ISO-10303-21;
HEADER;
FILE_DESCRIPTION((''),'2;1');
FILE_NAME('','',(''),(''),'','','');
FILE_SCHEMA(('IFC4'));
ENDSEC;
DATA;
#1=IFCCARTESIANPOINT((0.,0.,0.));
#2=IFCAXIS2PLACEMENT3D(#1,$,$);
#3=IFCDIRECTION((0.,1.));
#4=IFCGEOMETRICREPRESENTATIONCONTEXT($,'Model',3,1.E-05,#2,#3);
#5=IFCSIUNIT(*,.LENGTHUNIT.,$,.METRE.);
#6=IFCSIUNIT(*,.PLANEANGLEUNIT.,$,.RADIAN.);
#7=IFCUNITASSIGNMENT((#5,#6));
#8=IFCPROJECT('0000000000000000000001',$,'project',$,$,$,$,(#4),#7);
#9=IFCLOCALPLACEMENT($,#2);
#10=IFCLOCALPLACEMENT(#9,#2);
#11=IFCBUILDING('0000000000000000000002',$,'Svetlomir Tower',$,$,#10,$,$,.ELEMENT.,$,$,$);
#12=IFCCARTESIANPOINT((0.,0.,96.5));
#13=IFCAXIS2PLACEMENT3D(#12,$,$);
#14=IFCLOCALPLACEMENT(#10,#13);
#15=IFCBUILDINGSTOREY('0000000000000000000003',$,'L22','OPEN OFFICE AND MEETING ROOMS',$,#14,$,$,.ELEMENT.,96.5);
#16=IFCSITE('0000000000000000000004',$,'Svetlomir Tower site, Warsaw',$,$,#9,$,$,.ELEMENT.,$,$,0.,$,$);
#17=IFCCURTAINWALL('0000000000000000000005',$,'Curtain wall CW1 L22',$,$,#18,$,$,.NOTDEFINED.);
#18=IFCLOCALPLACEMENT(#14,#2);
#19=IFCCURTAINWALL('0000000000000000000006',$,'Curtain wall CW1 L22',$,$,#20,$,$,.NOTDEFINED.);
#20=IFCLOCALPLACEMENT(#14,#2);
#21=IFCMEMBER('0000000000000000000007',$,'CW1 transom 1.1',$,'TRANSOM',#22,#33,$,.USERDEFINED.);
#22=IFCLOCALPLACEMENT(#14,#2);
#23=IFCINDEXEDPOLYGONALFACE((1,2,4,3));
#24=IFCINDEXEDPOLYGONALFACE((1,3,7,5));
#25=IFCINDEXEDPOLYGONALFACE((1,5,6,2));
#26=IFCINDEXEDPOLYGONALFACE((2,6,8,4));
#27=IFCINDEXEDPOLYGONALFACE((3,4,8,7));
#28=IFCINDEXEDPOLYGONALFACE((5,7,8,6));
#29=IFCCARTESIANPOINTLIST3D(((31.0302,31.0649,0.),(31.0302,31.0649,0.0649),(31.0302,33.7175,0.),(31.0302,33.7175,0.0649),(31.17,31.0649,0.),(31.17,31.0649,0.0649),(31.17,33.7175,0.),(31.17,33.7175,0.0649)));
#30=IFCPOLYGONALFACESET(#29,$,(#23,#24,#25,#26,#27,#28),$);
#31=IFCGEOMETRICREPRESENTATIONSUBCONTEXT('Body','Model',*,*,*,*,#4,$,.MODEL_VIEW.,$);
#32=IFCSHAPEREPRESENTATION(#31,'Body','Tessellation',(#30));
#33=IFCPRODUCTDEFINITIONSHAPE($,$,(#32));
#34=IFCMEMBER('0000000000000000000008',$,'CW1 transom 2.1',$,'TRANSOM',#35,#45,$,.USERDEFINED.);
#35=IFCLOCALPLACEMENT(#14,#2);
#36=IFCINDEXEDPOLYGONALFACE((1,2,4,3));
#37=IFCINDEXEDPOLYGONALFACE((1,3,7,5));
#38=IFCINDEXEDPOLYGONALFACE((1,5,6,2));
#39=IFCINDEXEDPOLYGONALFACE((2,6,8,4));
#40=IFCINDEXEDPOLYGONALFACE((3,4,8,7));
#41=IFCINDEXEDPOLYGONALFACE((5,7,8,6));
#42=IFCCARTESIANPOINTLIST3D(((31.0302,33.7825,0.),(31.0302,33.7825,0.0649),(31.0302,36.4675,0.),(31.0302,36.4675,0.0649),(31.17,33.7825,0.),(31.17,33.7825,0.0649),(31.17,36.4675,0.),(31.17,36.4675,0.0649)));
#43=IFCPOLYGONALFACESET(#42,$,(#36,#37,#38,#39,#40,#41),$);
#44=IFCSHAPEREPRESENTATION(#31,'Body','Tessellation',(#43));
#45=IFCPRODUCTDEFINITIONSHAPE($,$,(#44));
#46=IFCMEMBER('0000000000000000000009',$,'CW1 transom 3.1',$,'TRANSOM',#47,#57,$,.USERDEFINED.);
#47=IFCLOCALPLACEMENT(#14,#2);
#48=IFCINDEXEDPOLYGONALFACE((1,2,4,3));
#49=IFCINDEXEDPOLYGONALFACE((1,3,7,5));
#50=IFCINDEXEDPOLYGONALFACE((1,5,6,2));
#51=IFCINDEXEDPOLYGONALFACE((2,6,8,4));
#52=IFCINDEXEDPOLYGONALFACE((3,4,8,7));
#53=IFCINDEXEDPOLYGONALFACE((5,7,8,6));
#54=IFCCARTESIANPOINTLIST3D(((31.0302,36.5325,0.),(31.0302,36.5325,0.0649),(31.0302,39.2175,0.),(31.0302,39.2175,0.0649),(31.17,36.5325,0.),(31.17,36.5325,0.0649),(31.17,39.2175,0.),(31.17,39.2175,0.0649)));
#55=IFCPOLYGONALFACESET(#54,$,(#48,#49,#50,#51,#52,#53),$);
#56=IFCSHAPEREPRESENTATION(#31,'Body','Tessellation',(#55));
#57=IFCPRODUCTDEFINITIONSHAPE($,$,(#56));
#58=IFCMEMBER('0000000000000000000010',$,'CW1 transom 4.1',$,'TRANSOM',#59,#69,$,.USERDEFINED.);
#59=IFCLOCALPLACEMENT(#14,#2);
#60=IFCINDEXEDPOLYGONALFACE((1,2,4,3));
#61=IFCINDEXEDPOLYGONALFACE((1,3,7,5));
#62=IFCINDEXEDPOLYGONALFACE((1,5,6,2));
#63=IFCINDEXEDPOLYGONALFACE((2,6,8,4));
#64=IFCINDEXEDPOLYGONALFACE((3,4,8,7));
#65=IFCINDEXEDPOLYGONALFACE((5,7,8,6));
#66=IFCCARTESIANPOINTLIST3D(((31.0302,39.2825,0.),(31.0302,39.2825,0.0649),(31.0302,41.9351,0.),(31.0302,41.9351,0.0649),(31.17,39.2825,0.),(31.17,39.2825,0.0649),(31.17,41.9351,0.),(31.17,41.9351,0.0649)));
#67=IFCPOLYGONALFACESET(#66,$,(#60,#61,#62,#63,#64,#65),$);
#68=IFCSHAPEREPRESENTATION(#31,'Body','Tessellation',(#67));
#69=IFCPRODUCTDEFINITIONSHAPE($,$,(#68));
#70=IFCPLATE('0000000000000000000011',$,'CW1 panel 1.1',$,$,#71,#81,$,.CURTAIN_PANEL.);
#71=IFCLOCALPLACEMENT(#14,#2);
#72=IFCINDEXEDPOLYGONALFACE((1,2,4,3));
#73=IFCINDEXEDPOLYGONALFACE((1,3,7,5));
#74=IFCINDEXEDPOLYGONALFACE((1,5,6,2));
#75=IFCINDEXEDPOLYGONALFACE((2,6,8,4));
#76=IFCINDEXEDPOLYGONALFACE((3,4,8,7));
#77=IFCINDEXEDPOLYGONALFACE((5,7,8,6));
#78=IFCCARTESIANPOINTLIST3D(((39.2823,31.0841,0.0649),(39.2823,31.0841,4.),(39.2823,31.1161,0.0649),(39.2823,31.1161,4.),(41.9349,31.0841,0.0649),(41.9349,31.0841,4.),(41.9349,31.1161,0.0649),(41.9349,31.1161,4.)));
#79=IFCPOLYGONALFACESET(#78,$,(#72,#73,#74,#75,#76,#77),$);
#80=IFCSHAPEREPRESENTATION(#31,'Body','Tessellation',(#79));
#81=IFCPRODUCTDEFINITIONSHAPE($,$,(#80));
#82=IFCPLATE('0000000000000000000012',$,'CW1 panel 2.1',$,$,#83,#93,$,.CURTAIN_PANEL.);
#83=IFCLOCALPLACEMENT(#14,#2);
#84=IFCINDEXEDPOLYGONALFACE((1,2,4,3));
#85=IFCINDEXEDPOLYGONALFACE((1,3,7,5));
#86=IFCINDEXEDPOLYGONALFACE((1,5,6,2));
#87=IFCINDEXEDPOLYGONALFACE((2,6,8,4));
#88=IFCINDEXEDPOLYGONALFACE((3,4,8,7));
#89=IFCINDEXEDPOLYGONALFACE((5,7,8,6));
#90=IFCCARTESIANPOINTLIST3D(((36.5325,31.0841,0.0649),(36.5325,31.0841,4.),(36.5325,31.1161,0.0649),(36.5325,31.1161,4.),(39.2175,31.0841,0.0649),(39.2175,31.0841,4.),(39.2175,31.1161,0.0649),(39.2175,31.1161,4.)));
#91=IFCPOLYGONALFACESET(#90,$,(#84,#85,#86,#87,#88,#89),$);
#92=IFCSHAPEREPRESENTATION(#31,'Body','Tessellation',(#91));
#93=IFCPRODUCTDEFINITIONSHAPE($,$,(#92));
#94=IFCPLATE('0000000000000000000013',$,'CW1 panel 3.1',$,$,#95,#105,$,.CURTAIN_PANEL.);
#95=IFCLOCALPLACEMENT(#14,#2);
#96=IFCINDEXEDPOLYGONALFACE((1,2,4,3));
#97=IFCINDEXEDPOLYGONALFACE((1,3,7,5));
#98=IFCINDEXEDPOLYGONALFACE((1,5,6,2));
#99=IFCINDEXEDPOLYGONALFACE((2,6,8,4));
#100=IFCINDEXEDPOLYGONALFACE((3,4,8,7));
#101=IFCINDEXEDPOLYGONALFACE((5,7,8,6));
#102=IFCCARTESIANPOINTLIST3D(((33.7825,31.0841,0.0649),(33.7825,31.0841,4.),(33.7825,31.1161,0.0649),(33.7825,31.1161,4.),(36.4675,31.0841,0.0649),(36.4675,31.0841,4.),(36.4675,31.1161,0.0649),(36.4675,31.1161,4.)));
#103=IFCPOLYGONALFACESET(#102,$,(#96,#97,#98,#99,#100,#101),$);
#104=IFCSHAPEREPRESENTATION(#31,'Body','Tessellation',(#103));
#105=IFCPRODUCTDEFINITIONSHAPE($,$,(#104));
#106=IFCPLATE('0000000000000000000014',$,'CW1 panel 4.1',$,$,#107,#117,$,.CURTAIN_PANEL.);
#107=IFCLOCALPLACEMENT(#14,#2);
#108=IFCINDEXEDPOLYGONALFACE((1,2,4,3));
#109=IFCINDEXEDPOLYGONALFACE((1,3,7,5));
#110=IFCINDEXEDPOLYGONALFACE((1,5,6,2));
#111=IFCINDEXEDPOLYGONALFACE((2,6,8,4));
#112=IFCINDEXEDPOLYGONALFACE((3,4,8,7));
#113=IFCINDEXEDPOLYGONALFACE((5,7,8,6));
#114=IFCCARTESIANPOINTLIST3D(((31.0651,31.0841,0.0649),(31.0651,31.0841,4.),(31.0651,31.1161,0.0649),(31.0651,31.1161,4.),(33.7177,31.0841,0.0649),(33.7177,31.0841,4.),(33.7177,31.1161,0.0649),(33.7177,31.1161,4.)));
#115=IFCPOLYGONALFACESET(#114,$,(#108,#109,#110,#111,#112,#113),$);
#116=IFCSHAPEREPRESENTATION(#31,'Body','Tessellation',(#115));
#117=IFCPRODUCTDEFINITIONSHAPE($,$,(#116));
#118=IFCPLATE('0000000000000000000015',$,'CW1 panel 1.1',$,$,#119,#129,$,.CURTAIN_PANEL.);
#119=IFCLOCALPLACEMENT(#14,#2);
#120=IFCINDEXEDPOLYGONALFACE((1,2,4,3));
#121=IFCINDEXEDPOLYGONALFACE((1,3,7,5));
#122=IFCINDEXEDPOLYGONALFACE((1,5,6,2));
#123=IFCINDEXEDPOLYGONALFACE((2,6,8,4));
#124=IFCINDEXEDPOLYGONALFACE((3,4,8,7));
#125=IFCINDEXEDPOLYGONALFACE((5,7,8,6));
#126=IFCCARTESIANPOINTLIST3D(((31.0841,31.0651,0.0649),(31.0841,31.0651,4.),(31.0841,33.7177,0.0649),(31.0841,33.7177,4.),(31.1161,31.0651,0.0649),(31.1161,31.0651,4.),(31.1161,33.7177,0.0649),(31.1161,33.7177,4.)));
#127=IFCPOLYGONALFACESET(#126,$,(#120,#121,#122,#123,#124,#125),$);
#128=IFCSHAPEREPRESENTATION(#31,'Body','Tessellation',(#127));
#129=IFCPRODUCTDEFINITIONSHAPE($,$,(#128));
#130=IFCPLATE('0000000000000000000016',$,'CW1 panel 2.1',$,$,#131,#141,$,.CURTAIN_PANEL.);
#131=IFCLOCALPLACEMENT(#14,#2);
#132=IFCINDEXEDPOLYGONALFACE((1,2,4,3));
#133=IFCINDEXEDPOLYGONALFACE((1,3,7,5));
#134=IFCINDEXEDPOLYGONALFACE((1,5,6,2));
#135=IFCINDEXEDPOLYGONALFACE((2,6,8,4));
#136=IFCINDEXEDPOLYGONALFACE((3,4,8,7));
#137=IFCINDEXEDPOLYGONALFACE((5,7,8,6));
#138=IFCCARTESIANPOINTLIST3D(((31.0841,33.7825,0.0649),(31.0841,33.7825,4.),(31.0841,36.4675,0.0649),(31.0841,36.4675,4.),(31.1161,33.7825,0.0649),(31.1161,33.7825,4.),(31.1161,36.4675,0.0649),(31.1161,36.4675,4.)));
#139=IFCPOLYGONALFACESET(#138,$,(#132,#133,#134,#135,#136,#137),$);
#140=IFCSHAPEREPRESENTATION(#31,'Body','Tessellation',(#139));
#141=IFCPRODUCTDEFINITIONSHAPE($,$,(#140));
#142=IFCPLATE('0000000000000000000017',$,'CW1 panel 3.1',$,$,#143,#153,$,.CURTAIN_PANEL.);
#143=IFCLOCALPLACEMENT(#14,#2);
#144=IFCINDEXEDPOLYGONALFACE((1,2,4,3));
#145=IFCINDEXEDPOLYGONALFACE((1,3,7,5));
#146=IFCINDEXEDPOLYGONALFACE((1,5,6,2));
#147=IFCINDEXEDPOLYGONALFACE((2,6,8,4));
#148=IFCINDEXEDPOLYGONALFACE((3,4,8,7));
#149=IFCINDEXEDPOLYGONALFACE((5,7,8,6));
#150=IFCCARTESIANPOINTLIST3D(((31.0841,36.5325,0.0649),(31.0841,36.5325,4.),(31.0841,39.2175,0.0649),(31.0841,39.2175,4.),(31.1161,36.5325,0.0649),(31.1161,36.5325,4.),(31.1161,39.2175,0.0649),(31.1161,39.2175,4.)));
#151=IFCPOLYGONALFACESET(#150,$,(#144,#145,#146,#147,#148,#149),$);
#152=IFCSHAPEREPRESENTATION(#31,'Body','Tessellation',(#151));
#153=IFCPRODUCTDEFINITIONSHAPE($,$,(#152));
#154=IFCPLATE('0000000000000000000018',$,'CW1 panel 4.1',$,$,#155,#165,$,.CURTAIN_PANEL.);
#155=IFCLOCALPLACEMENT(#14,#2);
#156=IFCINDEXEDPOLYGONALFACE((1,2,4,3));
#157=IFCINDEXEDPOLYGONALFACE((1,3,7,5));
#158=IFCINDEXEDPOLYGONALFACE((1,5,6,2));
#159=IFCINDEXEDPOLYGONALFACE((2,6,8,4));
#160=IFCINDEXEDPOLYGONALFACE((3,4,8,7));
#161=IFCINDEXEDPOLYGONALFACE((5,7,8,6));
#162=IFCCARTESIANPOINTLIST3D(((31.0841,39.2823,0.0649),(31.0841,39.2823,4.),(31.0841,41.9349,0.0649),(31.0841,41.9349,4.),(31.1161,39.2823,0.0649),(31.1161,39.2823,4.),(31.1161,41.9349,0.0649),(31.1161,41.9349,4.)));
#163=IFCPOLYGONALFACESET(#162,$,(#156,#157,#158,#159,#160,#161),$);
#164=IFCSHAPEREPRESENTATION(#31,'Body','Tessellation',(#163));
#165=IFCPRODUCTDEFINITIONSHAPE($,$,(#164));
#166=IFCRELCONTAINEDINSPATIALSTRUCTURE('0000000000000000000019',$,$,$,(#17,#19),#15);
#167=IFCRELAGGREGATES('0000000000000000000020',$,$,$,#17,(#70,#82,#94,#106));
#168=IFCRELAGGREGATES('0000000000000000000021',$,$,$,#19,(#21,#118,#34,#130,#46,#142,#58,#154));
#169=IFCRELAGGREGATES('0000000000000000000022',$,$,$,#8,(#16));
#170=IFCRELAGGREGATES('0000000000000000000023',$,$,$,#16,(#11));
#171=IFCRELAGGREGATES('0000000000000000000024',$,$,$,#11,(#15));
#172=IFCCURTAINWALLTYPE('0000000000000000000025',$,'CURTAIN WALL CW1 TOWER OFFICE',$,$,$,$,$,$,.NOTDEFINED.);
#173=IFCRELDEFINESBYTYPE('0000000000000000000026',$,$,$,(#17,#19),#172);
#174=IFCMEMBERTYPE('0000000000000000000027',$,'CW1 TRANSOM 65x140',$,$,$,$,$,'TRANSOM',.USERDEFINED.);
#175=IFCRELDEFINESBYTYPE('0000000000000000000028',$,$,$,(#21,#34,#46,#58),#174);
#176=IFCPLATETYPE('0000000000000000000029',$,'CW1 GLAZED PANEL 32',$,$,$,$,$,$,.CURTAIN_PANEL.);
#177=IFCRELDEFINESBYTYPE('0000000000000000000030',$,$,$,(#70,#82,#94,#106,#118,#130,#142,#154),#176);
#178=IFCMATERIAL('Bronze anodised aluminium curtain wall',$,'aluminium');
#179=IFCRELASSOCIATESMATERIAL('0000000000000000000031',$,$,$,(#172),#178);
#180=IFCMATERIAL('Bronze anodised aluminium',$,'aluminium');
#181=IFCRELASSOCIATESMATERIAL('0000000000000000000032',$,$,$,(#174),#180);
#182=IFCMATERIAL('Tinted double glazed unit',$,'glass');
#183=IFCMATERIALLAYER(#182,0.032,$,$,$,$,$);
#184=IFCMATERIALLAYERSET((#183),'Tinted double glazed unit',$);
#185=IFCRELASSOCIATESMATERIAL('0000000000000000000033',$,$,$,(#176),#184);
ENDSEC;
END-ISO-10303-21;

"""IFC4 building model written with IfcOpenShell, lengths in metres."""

from ifc_helpers import new_model, si_unit, direction, frame, origin, origin_2d, place, context, subcontext, project, spatial, rectangle, extrude, material, layer, layer_set, material_profile, profile_set, type_object, element, aggregate, save


model = new_model("IFC4")

# Units and contexts
model_context = context("Model", 3, precision=1e-05, world=origin(), true_north=direction((0.0, 1.0)))
body_context = subcontext(model_context, "Body", "Model", "MODEL_VIEW")
ifc_project = project(units=[si_unit("LENGTHUNIT", "METRE"), si_unit("PLANEANGLEUNIT", "RADIAN")], contexts=[model_context])

# Site, building, storey
site_placement = place(None, origin())
site = spatial("IfcSite", under=ifc_project, at=site_placement, Name="Svetlomir Tower site, Warsaw", CompositionType="ELEMENT", RefElevation=0.0)
building_placement = place(site_placement, origin())
building = spatial("IfcBuilding", under=site, at=building_placement, Name="Svetlomir Tower", CompositionType="ELEMENT")
storey_placement = place(building_placement, frame((0.0, 0.0, 96.5)))
storey = spatial("IfcBuildingStorey", under=building, at=storey_placement, Name="L22", Description="OPEN OFFICE AND MEETING ROOMS", CompositionType="ELEMENT", Elevation=96.5)

# Curtain walls
ifc_material_1 = material(Name="Bronze anodised aluminium curtain wall", Category="aluminium")
curtain_wall_type = type_object("IfcCurtainWallType", Name="CURTAIN WALL CW1 TOWER OFFICE", PredefinedType="NOTDEFINED", material=ifc_material_1)
curtain_wall_1_placement = place(storey_placement, origin())
curtain_wall_1 = element("IfcCurtainWall", 1, at=curtain_wall_1_placement, inside=storey, type_object=curtain_wall_type, Name="Curtain wall CW1 L22", PredefinedType="NOTDEFINED")
curtain_wall_2_placement = place(storey_placement, origin())
curtain_wall_2 = element("IfcCurtainWall", 2, at=curtain_wall_2_placement, inside=storey, type_object=curtain_wall_type, Name="Curtain wall CW1 L22", PredefinedType="NOTDEFINED")

# Members
ifc_material_2 = material(Name="Bronze anodised aluminium", Category="aluminium")
ifc_material_profile_1 = material_profile(ifc_material_2, rectangle(XDim=0.1399, YDim=0.0649, at=origin_2d()), Name="AL 140x65")
ifc_profile_set_1 = profile_set([ifc_material_profile_1], Name="Bronze anodised aluminium 6063-T6")
member_type_1 = type_object("IfcMemberType", Name="CW1 TRANSOM 65x140", ElementType="TRANSOM", PredefinedType="USERDEFINED", material=ifc_profile_set_1)
member_1_placement = place(storey_placement, frame((31.1001, 31.0649, 0.0325), z_axis=(0.0, 1.0, 0.0), x_axis=(-1.0, 0.0, 0.0)))
member_1 = element("IfcMember", 3, at=member_1_placement, type_object=member_type_1, Name="CW1 transom 1.1", ObjectType="TRANSOM", PredefinedType="USERDEFINED", context=body_context, shape_type="SweptSolid", body=[
    extrude(rectangle(XDim=0.1399, YDim=0.0649, at=origin_2d()), origin(), (0.0, 0.0, 1.0), 2.6526),
])
member_2_placement = place(storey_placement, frame((31.1001, 33.7825, 0.0325), z_axis=(0.0, 1.0, 0.0), x_axis=(-1.0, 0.0, 0.0)))
member_2 = element("IfcMember", 4, at=member_2_placement, type_object=member_type_1, Name="CW1 transom 2.1", ObjectType="TRANSOM", PredefinedType="USERDEFINED", context=body_context, shape_type="SweptSolid", body=[
    extrude(rectangle(XDim=0.1399, YDim=0.0649, at=origin_2d()), origin(), (0.0, 0.0, 1.0), 2.6851),
])
member_3_placement = place(storey_placement, frame((31.1001, 36.5325, 0.0325), z_axis=(0.0, 1.0, 0.0), x_axis=(-1.0, 0.0, 0.0)))
member_3 = element("IfcMember", 5, at=member_3_placement, type_object=member_type_1, Name="CW1 transom 3.1", ObjectType="TRANSOM", PredefinedType="USERDEFINED", context=body_context, shape_type="SweptSolid", body=[
    extrude(rectangle(XDim=0.1399, YDim=0.0649, at=origin_2d()), origin(), (0.0, 0.0, 1.0), 2.6851),
])
member_4_placement = place(storey_placement, frame((31.1001, 39.2825, 0.0325), z_axis=(0.0, 1.0, 0.0), x_axis=(-1.0, 0.0, 0.0)))
member_4 = element("IfcMember", 6, at=member_4_placement, type_object=member_type_1, Name="CW1 transom 4.1", ObjectType="TRANSOM", PredefinedType="USERDEFINED", context=body_context, shape_type="SweptSolid", body=[
    extrude(rectangle(XDim=0.1399, YDim=0.0649, at=origin_2d()), origin(), (0.0, 0.0, 1.0), 2.6526),
])

# Plates
ifc_material_3 = material(Name="Tinted double glazed unit", Category="glass")
ifc_layer = layer(ifc_material_3, 0.032)
ifc_layer_set = layer_set([ifc_layer], Name="Tinted double glazed unit")
plate_type = type_object("IfcPlateType", Name="CW1 GLAZED PANEL 32", PredefinedType="CURTAIN_PANEL", material=ifc_layer_set)
plate_1_placement = place(storey_placement, frame((40.6086, 31.1001, 0.0649), z_axis=(0.0, 0.0, 1.0), x_axis=(-1.0, 0.0, 0.0)))
plate_1 = element("IfcPlate", 7, at=plate_1_placement, type_object=plate_type, Name="CW1 panel 1.1", PredefinedType="CURTAIN_PANEL", context=body_context, shape_type="SweptSolid", body=[
    extrude(rectangle(XDim=2.6526, YDim=0.032, at=origin_2d()), origin(), (0.0, 0.0, 1.0), 3.9351),
])
plate_2_placement = place(storey_placement, frame((37.875, 31.1001, 0.0649), z_axis=(0.0, 0.0, 1.0), x_axis=(-1.0, 0.0, 0.0)))
plate_2 = element("IfcPlate", 8, at=plate_2_placement, type_object=plate_type, Name="CW1 panel 2.1", PredefinedType="CURTAIN_PANEL", context=body_context, shape_type="SweptSolid", body=[
    extrude(rectangle(XDim=2.6851, YDim=0.032, at=origin_2d()), origin(), (0.0, 0.0, 1.0), 3.9351),
])
plate_3_placement = place(storey_placement, frame((35.125, 31.1001, 0.0649), z_axis=(0.0, 0.0, 1.0), x_axis=(-1.0, 0.0, 0.0)))
plate_3 = element("IfcPlate", 9, at=plate_3_placement, type_object=plate_type, Name="CW1 panel 3.1", PredefinedType="CURTAIN_PANEL", context=body_context, shape_type="SweptSolid", body=[
    extrude(rectangle(XDim=2.6851, YDim=0.032, at=origin_2d()), origin(), (0.0, 0.0, 1.0), 3.9351),
])
plate_4_placement = place(storey_placement, frame((32.3914, 31.1001, 0.0649), z_axis=(0.0, 0.0, 1.0), x_axis=(-1.0, 0.0, 0.0)))
plate_4 = element("IfcPlate", 10, at=plate_4_placement, type_object=plate_type, Name="CW1 panel 4.1", PredefinedType="CURTAIN_PANEL", context=body_context, shape_type="SweptSolid", body=[
    extrude(rectangle(XDim=2.6526, YDim=0.032, at=origin_2d()), origin(), (0.0, 0.0, 1.0), 3.9351),
])
aggregate(curtain_wall_1, [plate_1, plate_2, plate_3, plate_4])
plate_5_placement = place(storey_placement, frame((31.1001, 32.3914, 0.0649), z_axis=(0.0, 0.0, 1.0), x_axis=(0.0, 1.0, 0.0)))
plate_5 = element("IfcPlate", 11, at=plate_5_placement, type_object=plate_type, Name="CW1 panel 1.1", PredefinedType="CURTAIN_PANEL", context=body_context, shape_type="SweptSolid", body=[
    extrude(rectangle(XDim=2.6526, YDim=0.032, at=origin_2d()), origin(), (0.0, 0.0, 1.0), 3.9351),
])
plate_6_placement = place(storey_placement, frame((31.1001, 35.125, 0.0649), z_axis=(0.0, 0.0, 1.0), x_axis=(0.0, 1.0, 0.0)))
plate_6 = element("IfcPlate", 12, at=plate_6_placement, type_object=plate_type, Name="CW1 panel 2.1", PredefinedType="CURTAIN_PANEL", context=body_context, shape_type="SweptSolid", body=[
    extrude(rectangle(XDim=2.6851, YDim=0.032, at=origin_2d()), origin(), (0.0, 0.0, 1.0), 3.9351),
])
plate_7_placement = place(storey_placement, frame((31.1001, 37.875, 0.0649), z_axis=(0.0, 0.0, 1.0), x_axis=(0.0, 1.0, 0.0)))
plate_7 = element("IfcPlate", 13, at=plate_7_placement, type_object=plate_type, Name="CW1 panel 3.1", PredefinedType="CURTAIN_PANEL", context=body_context, shape_type="SweptSolid", body=[
    extrude(rectangle(XDim=2.6851, YDim=0.032, at=origin_2d()), origin(), (0.0, 0.0, 1.0), 3.9351),
])
plate_8_placement = place(storey_placement, frame((31.1001, 40.6086, 0.0649), z_axis=(0.0, 0.0, 1.0), x_axis=(0.0, 1.0, 0.0)))
plate_8 = element("IfcPlate", 14, at=plate_8_placement, type_object=plate_type, Name="CW1 panel 4.1", PredefinedType="CURTAIN_PANEL", context=body_context, shape_type="SweptSolid", body=[
    extrude(rectangle(XDim=2.6526, YDim=0.032, at=origin_2d()), origin(), (0.0, 0.0, 1.0), 3.9351),
])
aggregate(curtain_wall_2, [member_1, plate_5, member_2, plate_6, member_3, plate_7, member_4, plate_8])

save(model, "model.ifc")
